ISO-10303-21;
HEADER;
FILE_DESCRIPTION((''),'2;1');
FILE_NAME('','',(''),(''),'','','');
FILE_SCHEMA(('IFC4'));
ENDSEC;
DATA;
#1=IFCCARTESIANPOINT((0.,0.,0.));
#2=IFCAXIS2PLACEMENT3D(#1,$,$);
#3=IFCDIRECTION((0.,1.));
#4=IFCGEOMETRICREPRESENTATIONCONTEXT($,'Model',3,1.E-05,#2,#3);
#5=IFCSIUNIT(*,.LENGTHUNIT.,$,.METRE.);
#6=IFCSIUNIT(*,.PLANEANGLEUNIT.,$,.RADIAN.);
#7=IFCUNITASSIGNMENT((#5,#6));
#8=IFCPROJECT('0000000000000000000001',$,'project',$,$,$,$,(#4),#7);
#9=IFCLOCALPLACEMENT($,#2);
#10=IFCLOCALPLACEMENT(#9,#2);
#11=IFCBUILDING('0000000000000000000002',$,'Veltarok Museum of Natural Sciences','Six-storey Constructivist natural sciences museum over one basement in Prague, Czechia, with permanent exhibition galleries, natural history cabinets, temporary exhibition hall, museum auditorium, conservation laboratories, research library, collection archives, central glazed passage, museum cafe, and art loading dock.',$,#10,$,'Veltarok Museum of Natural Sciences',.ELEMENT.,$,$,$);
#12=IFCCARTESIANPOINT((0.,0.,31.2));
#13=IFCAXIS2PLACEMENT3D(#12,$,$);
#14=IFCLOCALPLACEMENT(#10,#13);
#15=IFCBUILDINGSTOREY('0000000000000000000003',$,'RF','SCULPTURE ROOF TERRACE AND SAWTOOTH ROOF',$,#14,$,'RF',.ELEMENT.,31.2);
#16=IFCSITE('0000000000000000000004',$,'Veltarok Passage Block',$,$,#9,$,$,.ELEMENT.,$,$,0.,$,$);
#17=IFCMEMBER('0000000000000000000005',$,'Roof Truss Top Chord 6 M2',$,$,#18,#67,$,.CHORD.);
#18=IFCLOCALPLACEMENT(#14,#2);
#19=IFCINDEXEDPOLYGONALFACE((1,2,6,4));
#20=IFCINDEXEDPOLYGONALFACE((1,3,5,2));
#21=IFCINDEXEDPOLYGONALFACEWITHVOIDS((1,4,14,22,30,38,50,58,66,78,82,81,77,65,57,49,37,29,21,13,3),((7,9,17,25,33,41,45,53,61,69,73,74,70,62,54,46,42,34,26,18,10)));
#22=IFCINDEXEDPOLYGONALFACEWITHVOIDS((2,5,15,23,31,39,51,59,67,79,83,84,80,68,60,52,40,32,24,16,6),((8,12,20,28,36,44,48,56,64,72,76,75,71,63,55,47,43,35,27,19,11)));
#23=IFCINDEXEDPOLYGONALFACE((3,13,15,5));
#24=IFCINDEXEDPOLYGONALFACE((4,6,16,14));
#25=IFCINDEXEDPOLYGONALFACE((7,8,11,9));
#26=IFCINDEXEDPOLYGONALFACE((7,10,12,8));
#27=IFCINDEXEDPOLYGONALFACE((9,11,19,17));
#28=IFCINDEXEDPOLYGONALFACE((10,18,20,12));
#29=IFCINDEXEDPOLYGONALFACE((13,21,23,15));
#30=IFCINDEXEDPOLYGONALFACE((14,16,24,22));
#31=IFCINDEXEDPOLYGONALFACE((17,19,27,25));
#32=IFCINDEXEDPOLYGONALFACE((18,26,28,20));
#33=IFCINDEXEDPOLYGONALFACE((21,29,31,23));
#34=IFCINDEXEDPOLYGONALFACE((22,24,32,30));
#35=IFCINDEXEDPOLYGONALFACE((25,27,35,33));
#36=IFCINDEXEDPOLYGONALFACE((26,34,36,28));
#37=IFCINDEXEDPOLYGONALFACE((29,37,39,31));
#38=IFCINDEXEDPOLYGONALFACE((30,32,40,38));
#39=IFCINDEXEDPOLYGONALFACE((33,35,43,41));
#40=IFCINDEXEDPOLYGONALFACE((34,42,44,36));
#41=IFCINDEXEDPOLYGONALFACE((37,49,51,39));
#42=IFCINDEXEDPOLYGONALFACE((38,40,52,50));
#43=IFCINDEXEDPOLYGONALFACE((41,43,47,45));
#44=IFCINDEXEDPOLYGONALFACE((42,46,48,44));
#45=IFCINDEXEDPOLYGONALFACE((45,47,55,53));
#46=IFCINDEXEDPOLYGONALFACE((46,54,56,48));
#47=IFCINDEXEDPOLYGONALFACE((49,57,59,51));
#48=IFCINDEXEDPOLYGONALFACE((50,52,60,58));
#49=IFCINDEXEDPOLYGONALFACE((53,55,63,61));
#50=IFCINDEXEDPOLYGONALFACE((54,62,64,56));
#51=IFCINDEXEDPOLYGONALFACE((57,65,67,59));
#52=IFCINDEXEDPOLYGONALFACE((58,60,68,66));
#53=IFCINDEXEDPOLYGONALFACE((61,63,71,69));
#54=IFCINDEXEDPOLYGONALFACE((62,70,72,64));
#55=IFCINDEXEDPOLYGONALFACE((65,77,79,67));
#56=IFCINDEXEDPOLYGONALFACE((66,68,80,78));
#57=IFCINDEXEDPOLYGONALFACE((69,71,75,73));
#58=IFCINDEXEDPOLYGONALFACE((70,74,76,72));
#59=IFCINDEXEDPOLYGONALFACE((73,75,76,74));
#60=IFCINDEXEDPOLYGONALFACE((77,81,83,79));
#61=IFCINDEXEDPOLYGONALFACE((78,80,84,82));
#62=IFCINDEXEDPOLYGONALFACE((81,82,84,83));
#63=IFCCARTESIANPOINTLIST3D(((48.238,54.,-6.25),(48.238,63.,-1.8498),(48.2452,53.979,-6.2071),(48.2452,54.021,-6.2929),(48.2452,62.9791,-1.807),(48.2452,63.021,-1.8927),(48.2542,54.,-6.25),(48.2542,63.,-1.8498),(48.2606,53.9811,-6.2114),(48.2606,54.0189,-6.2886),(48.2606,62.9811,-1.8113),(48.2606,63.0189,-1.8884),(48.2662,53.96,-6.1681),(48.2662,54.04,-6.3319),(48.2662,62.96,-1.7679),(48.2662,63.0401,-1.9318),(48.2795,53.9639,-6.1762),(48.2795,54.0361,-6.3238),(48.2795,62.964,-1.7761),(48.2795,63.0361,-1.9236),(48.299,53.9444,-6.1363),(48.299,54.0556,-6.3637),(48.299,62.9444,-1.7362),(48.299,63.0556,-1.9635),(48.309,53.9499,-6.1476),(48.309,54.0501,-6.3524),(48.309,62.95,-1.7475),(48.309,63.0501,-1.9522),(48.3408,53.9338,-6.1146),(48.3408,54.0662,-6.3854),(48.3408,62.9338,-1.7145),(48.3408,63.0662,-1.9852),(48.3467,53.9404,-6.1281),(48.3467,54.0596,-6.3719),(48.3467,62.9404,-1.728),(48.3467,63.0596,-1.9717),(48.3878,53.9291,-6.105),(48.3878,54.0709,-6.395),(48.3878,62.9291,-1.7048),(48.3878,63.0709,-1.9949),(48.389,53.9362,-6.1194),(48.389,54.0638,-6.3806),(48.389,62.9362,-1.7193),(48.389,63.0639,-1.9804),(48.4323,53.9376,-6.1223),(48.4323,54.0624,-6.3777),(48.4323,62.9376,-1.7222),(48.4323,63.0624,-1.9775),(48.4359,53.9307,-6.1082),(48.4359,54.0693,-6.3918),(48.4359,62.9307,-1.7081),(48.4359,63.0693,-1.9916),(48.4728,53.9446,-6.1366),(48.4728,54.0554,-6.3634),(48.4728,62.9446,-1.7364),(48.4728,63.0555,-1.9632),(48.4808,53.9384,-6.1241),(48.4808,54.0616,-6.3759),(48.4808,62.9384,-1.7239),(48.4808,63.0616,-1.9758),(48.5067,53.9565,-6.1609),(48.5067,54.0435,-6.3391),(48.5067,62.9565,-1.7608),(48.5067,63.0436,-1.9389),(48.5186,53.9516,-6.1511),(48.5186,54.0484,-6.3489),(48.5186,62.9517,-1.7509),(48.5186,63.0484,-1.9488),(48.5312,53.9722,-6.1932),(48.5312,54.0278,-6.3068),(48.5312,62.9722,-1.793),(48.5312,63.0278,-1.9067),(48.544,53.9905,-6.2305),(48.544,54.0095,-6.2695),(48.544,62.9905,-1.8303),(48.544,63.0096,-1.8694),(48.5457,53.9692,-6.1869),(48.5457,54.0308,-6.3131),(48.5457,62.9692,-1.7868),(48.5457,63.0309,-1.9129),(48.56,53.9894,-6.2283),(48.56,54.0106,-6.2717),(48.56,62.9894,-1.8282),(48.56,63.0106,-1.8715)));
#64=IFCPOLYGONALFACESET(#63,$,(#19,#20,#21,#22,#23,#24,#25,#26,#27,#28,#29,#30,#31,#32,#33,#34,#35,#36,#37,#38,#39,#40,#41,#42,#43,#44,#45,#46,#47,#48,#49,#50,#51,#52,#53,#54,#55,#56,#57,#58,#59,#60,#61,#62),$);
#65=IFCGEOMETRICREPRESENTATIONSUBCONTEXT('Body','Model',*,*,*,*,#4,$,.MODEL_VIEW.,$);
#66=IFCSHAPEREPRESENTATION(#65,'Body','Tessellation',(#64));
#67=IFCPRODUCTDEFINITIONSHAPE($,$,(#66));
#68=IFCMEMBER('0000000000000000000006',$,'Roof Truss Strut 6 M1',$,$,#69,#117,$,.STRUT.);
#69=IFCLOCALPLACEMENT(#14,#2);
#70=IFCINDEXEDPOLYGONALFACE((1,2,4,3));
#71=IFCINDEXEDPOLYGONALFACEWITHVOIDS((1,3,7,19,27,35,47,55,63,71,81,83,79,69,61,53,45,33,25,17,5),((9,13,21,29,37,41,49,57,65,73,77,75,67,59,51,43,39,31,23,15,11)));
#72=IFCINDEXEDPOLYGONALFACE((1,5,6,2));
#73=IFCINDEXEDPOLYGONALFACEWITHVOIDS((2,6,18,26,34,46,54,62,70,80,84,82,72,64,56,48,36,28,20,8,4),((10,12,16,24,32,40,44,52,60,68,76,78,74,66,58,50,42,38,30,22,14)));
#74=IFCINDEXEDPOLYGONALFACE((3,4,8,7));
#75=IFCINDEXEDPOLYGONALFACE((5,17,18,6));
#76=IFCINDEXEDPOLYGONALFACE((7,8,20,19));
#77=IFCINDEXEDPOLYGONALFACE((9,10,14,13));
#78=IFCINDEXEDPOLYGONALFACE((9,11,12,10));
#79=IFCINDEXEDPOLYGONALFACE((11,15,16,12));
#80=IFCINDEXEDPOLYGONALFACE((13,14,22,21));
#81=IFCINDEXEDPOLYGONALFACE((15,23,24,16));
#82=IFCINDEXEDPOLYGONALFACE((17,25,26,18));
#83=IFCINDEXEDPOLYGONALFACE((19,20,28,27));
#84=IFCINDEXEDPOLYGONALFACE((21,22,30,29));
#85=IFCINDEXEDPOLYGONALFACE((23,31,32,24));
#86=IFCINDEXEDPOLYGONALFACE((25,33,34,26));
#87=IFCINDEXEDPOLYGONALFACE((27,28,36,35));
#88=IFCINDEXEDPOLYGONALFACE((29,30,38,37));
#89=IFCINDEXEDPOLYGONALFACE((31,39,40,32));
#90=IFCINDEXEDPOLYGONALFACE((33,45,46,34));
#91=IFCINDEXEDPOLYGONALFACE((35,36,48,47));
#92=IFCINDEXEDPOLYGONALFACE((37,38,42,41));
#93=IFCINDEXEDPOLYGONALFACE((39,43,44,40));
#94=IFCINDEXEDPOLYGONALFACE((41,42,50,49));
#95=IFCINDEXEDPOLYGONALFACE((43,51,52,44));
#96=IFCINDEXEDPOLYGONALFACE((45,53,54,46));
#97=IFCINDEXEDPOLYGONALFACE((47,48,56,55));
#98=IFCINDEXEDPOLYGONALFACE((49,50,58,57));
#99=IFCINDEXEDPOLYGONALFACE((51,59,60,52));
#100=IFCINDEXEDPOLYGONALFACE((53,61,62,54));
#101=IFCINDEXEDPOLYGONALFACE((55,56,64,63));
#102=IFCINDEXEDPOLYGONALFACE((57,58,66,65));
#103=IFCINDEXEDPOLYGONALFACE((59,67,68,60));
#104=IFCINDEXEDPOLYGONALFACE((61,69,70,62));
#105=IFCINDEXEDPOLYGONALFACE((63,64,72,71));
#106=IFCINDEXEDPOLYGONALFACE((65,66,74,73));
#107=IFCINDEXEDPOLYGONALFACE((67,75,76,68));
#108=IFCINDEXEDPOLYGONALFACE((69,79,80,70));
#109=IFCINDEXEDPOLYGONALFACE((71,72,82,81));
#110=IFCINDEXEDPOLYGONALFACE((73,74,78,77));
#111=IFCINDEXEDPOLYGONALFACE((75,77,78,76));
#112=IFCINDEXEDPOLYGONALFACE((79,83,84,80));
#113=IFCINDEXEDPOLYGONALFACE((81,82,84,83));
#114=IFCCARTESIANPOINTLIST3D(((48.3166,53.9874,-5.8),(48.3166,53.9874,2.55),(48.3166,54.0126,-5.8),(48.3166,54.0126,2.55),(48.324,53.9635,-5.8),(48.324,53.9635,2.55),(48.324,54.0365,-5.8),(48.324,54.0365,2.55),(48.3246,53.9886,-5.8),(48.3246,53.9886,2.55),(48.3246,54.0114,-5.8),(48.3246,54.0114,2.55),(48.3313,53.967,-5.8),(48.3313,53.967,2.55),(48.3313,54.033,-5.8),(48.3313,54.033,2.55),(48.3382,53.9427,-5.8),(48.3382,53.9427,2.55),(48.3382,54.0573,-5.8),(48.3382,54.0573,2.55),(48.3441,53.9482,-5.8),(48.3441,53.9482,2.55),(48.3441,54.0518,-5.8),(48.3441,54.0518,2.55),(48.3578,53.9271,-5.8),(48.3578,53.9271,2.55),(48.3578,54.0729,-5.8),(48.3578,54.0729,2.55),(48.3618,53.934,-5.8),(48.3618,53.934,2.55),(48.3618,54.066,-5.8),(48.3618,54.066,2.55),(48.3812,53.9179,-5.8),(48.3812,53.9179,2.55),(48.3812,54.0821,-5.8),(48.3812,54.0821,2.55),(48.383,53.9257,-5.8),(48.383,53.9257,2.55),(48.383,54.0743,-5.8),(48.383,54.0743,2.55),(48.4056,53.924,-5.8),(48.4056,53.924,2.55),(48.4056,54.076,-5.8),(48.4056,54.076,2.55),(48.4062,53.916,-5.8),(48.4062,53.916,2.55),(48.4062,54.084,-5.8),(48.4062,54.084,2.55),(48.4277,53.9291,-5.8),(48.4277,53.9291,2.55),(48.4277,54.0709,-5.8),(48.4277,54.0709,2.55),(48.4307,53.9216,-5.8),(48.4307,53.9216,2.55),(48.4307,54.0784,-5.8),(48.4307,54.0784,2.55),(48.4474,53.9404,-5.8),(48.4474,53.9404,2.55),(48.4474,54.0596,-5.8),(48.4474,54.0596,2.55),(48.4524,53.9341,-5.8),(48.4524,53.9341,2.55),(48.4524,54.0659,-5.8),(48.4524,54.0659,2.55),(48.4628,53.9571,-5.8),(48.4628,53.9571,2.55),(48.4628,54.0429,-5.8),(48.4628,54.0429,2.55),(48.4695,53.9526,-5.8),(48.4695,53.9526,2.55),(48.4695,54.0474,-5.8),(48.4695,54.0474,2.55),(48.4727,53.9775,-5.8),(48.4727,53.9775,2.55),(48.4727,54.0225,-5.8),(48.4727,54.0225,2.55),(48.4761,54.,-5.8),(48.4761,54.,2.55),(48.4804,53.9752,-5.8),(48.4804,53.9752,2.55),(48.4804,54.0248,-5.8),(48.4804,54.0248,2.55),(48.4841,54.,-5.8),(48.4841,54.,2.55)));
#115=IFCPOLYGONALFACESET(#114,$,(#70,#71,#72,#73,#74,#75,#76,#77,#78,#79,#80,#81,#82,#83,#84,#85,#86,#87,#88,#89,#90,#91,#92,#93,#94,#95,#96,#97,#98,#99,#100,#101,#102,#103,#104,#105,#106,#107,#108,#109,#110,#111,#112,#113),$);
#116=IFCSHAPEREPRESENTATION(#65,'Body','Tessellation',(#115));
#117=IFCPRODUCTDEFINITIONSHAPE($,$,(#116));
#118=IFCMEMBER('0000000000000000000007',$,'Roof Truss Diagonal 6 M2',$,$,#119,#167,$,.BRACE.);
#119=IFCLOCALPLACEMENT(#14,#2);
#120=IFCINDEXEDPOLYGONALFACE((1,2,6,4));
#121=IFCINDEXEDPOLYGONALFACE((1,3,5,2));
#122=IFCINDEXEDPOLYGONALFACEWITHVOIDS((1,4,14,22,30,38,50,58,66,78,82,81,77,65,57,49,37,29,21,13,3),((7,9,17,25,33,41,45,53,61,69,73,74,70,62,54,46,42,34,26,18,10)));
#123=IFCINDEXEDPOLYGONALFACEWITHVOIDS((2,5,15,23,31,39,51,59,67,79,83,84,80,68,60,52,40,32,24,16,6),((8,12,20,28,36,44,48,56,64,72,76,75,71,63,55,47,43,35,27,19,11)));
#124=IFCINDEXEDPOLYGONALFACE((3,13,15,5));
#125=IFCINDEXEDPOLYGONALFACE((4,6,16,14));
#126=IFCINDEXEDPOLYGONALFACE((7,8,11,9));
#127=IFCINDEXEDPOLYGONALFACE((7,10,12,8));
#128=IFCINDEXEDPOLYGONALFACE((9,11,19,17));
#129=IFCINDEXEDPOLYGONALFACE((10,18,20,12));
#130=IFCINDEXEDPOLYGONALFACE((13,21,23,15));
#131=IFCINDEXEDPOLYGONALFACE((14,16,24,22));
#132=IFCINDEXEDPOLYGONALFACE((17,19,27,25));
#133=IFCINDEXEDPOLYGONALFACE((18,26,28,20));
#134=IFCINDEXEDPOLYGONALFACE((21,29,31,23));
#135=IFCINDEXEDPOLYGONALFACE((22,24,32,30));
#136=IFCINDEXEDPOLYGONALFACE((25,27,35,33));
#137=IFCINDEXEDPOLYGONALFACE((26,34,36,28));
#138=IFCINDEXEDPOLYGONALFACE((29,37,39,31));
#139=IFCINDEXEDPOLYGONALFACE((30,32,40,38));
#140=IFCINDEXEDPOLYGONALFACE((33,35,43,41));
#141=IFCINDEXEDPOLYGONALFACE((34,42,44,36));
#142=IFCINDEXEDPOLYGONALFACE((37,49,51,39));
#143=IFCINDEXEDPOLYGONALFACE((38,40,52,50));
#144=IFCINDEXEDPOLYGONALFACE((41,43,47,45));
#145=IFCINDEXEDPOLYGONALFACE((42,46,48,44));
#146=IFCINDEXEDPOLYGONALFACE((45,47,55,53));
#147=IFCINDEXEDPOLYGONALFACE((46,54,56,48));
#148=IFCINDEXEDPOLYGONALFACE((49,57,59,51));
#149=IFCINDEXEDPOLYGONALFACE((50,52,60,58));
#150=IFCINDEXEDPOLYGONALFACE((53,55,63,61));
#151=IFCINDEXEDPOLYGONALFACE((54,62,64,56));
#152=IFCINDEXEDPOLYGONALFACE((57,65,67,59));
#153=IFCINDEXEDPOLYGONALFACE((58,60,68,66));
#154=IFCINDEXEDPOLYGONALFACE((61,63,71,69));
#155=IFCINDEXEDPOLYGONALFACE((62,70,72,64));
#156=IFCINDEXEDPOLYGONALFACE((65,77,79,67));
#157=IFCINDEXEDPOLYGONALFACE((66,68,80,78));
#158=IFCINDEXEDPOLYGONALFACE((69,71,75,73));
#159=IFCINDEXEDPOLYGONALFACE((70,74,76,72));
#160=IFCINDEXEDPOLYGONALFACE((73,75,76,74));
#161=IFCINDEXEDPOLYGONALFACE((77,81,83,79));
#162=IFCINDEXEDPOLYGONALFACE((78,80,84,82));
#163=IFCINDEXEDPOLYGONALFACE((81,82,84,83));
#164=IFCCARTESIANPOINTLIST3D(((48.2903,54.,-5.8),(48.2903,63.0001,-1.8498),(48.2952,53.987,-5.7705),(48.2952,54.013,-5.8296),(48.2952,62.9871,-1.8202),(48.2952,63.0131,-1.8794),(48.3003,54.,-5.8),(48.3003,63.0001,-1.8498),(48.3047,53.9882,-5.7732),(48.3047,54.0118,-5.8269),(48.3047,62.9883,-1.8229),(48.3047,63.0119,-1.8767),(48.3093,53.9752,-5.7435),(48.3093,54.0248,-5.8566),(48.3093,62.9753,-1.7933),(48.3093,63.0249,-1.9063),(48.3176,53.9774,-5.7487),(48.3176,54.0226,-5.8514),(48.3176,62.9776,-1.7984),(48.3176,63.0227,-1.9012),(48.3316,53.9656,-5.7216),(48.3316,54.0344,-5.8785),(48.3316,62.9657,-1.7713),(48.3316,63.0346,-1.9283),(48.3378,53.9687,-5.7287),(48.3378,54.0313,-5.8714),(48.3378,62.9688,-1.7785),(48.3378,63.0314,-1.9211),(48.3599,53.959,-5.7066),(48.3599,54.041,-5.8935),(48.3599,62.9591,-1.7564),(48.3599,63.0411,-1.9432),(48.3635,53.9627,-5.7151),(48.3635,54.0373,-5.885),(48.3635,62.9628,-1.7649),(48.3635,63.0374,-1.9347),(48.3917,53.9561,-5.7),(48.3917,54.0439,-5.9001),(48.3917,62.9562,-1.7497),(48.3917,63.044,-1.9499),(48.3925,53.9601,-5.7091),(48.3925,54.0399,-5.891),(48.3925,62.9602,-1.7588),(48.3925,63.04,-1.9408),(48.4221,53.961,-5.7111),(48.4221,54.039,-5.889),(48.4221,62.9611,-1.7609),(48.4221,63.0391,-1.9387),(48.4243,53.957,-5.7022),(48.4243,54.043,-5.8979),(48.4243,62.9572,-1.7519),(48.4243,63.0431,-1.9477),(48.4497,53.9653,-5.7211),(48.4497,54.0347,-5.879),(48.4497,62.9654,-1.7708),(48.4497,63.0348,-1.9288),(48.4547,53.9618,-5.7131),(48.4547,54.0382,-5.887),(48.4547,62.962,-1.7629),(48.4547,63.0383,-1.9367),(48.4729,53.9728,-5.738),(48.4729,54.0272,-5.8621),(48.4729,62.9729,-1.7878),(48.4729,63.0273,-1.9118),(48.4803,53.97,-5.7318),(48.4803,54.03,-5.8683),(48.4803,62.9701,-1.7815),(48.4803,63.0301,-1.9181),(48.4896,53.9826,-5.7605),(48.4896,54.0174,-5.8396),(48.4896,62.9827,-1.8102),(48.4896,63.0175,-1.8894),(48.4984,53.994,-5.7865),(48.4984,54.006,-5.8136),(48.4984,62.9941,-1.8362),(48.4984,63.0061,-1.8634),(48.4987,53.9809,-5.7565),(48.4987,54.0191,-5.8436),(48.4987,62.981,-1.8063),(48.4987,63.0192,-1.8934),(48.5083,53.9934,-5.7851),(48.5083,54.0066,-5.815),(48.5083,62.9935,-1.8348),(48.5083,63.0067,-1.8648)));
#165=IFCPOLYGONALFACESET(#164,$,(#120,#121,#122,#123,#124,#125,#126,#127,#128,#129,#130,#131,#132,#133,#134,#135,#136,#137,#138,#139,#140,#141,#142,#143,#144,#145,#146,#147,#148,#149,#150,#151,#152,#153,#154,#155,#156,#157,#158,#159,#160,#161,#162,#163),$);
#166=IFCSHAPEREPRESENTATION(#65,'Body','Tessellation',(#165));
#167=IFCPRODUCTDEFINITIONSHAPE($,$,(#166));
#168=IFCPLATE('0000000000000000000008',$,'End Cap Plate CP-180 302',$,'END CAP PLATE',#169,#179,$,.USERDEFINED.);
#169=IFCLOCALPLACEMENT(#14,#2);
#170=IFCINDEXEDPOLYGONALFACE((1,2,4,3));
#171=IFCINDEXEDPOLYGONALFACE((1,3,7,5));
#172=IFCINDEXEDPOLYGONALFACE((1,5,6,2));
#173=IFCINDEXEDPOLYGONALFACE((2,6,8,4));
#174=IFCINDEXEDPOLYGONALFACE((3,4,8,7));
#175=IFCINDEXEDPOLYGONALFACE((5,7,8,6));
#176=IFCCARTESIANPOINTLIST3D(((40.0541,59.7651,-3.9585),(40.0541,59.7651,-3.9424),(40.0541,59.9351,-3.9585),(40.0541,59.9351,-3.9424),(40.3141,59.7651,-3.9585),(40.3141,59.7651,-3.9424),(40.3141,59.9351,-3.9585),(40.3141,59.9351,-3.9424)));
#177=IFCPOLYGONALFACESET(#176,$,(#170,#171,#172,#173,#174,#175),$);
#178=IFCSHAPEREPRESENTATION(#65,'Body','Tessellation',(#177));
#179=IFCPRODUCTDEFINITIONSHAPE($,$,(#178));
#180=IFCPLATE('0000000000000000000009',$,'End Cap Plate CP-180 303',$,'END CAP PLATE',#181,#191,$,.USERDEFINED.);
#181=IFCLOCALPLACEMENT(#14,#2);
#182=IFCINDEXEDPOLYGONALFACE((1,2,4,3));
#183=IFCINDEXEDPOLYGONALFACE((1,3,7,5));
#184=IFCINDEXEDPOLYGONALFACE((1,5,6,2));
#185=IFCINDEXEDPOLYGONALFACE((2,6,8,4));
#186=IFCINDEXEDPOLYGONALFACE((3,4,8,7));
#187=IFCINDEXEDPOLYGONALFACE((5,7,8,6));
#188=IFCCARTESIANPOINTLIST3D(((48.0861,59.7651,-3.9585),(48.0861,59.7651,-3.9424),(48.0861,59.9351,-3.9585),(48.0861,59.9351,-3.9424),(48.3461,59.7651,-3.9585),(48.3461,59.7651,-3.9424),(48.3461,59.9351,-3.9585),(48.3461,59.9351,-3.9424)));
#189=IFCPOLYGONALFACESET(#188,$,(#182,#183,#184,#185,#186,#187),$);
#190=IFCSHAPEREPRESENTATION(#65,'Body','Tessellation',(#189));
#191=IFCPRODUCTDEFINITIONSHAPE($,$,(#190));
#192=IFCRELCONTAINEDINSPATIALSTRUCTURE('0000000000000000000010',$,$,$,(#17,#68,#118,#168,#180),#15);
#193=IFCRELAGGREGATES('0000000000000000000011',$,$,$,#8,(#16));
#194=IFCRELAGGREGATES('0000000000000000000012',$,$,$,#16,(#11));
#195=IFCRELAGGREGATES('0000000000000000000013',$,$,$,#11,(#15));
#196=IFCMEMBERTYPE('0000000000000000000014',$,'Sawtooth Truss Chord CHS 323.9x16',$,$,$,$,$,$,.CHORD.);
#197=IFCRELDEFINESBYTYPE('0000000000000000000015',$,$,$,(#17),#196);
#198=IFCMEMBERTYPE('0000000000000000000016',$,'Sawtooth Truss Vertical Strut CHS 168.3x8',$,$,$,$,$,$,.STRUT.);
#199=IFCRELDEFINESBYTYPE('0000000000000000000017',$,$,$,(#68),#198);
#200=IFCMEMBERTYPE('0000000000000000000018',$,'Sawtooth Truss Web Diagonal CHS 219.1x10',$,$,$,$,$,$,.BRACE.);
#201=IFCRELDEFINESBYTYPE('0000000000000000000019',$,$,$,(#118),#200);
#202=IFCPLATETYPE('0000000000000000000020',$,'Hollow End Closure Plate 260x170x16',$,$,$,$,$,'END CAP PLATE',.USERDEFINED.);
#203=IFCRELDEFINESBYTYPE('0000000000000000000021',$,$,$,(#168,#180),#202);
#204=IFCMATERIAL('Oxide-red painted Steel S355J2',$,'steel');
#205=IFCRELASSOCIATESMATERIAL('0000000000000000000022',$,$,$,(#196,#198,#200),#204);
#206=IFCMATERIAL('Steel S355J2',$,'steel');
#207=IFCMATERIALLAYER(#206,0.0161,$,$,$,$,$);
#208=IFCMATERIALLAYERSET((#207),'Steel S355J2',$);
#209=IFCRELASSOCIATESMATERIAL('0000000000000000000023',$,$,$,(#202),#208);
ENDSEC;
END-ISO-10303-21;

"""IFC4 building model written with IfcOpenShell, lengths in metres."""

from ifc_helpers import new_model, si_unit, direction, frame, origin, origin_2d, place, context, subcontext, project, spatial, rectangle, hollow_circle, extrude, material, layer, layer_set, material_profile, profile_set, type_object, element, save


model = new_model("IFC4")

# Units and contexts
model_context = context("Model", 3, precision=1e-05, world=origin(), true_north=direction((0.0, 1.0)))
body_context = subcontext(model_context, "Body", "Model", "MODEL_VIEW")
ifc_project = project(units=[si_unit("LENGTHUNIT", "METRE"), si_unit("PLANEANGLEUNIT", "RADIAN")], contexts=[model_context])

# Site, building, storey
site_placement = place(None, origin())
site = spatial("IfcSite", under=ifc_project, at=site_placement, Name="Veltarok Passage Block", CompositionType="ELEMENT", RefElevation=0.0)
building_placement = place(site_placement, origin())
building = spatial("IfcBuilding", under=site, at=building_placement, Name="Veltarok Museum of Natural Sciences", Description="Six-storey Constructivist natural sciences museum over one basement in Prague, Czechia, with permanent exhibition galleries, natural history cabinets, temporary exhibition hall, museum auditorium, conservation laboratories, research library, collection archives, central glazed passage, museum cafe, and art loading dock.", LongName="Veltarok Museum of Natural Sciences", CompositionType="ELEMENT")
storey_placement = place(building_placement, frame((0.0, 0.0, 31.2)))
storey = spatial("IfcBuildingStorey", under=building, at=storey_placement, Name="RF", Description="SCULPTURE ROOF TERRACE AND SAWTOOTH ROOF", LongName="RF", CompositionType="ELEMENT", Elevation=31.2)

# Shared definitions
ifc_material_1 = material(Name="Steel S355J2", Category="steel")

# Members
ifc_material_2 = material(Name="Oxide-red painted Steel S355J2", Category="steel")
ifc_material_profile_1 = material_profile(ifc_material_2, hollow_circle(Radius=0.1619, WallThickness=0.0161, at=origin_2d()), Name="CHS 323.9x16")
ifc_profile_set_1 = profile_set([ifc_material_profile_1], Name="Oxide-red painted Steel S355J2")
member_type_1 = type_object("IfcMemberType", Name="Sawtooth Truss Chord CHS 323.9x16", PredefinedType="CHORD", material=ifc_profile_set_1)
member_1_placement = place(storey_placement, frame((48.3999, 54.0, -6.25), z_axis=(0.0, 0.898379, 0.439222), x_axis=(-1.0, 0.0, 0.0)))
element("IfcMember", 1, at=member_1_placement, inside=storey, type_object=member_type_1, Name="Roof Truss Top Chord 6 M2", PredefinedType="CHORD", context=body_context, shape_type="SweptSolid", body=[
    extrude(hollow_circle(Radius=0.1619, WallThickness=0.0161, at=origin_2d()), origin(), (0.0, 0.0, 1.0), 10.0181),
])
ifc_material_profile_2 = material_profile(ifc_material_2, hollow_circle(Radius=0.0842, WallThickness=0.0081, at=origin_2d()), Name="CHS 168.3x8")
ifc_profile_set_2 = profile_set([ifc_material_profile_2], Name="Oxide-red painted Steel S355J2")
member_type_2 = type_object("IfcMemberType", Name="Sawtooth Truss Vertical Strut CHS 168.3x8", PredefinedType="STRUT", material=ifc_profile_set_2)
member_2_placement = place(storey_placement, frame((48.3999, 54.0, -5.8), z_axis=(0.0, 0.0, 1.0), x_axis=(1.0, 0.0, 0.0)))
element("IfcMember", 2, at=member_2_placement, inside=storey, type_object=member_type_2, Name="Roof Truss Strut 6 M1", PredefinedType="STRUT", context=body_context, shape_type="SweptSolid", body=[
    extrude(hollow_circle(Radius=0.0842, WallThickness=0.0081, at=origin_2d()), origin(), (0.0, 0.0, 1.0), 8.3501),
])
ifc_material_profile_3 = material_profile(ifc_material_2, hollow_circle(Radius=0.1096, WallThickness=0.01, at=origin_2d()), Name="CHS 219.1x10")
ifc_profile_set_3 = profile_set([ifc_material_profile_3], Name="Oxide-red painted Steel S355J2")
member_type_3 = type_object("IfcMemberType", Name="Sawtooth Truss Web Diagonal CHS 219.1x10", PredefinedType="BRACE", material=ifc_profile_set_3)
member_3_placement = place(storey_placement, frame((48.3999, 54.0, -5.8), z_axis=(0.0, 0.915682, 0.401903), x_axis=(-1.0, 0.0, 0.0)))
element("IfcMember", 3, at=member_3_placement, inside=storey, type_object=member_type_3, Name="Roof Truss Diagonal 6 M2", PredefinedType="BRACE", context=body_context, shape_type="SweptSolid", body=[
    extrude(hollow_circle(Radius=0.1096, WallThickness=0.01, at=origin_2d()), origin(), (0.0, 0.0, 1.0), 9.8289),
])

# Plates
ifc_layer_1 = layer(ifc_material_1, 0.0161)
ifc_layer_set_1 = layer_set([ifc_layer_1], Name="Steel S355J2")
plate_type_1 = type_object("IfcPlateType", Name="Hollow End Closure Plate 260x170x16", ElementType="END CAP PLATE", PredefinedType="USERDEFINED", material=ifc_layer_set_1)
for number, where, z_axis, x_axis, name in (
    (4, (40.1841, 59.8501, -3.9585), (0.0, 0.0, 1.0), (1.0, 0.0, 0.0), "End Cap Plate CP-180 302"),
    (5, (48.2161, 59.8501, -3.9585), (0.0, 0.0, 1.0), (1.0, 0.0, 0.0), "End Cap Plate CP-180 303"),
):
    element("IfcPlate", number, at=place(storey_placement, frame(where, z_axis=z_axis, x_axis=x_axis)), inside=storey, type_object=plate_type_1, Name=name, ObjectType="END CAP PLATE", PredefinedType="USERDEFINED", context=body_context, shape_type="SweptSolid", body=[
        extrude(rectangle(XDim=0.26, YDim=0.1699, at=origin_2d()), origin(), (0.0, 0.0, 1.0), 0.0161),
    ])

save(model, "model.ifc")
